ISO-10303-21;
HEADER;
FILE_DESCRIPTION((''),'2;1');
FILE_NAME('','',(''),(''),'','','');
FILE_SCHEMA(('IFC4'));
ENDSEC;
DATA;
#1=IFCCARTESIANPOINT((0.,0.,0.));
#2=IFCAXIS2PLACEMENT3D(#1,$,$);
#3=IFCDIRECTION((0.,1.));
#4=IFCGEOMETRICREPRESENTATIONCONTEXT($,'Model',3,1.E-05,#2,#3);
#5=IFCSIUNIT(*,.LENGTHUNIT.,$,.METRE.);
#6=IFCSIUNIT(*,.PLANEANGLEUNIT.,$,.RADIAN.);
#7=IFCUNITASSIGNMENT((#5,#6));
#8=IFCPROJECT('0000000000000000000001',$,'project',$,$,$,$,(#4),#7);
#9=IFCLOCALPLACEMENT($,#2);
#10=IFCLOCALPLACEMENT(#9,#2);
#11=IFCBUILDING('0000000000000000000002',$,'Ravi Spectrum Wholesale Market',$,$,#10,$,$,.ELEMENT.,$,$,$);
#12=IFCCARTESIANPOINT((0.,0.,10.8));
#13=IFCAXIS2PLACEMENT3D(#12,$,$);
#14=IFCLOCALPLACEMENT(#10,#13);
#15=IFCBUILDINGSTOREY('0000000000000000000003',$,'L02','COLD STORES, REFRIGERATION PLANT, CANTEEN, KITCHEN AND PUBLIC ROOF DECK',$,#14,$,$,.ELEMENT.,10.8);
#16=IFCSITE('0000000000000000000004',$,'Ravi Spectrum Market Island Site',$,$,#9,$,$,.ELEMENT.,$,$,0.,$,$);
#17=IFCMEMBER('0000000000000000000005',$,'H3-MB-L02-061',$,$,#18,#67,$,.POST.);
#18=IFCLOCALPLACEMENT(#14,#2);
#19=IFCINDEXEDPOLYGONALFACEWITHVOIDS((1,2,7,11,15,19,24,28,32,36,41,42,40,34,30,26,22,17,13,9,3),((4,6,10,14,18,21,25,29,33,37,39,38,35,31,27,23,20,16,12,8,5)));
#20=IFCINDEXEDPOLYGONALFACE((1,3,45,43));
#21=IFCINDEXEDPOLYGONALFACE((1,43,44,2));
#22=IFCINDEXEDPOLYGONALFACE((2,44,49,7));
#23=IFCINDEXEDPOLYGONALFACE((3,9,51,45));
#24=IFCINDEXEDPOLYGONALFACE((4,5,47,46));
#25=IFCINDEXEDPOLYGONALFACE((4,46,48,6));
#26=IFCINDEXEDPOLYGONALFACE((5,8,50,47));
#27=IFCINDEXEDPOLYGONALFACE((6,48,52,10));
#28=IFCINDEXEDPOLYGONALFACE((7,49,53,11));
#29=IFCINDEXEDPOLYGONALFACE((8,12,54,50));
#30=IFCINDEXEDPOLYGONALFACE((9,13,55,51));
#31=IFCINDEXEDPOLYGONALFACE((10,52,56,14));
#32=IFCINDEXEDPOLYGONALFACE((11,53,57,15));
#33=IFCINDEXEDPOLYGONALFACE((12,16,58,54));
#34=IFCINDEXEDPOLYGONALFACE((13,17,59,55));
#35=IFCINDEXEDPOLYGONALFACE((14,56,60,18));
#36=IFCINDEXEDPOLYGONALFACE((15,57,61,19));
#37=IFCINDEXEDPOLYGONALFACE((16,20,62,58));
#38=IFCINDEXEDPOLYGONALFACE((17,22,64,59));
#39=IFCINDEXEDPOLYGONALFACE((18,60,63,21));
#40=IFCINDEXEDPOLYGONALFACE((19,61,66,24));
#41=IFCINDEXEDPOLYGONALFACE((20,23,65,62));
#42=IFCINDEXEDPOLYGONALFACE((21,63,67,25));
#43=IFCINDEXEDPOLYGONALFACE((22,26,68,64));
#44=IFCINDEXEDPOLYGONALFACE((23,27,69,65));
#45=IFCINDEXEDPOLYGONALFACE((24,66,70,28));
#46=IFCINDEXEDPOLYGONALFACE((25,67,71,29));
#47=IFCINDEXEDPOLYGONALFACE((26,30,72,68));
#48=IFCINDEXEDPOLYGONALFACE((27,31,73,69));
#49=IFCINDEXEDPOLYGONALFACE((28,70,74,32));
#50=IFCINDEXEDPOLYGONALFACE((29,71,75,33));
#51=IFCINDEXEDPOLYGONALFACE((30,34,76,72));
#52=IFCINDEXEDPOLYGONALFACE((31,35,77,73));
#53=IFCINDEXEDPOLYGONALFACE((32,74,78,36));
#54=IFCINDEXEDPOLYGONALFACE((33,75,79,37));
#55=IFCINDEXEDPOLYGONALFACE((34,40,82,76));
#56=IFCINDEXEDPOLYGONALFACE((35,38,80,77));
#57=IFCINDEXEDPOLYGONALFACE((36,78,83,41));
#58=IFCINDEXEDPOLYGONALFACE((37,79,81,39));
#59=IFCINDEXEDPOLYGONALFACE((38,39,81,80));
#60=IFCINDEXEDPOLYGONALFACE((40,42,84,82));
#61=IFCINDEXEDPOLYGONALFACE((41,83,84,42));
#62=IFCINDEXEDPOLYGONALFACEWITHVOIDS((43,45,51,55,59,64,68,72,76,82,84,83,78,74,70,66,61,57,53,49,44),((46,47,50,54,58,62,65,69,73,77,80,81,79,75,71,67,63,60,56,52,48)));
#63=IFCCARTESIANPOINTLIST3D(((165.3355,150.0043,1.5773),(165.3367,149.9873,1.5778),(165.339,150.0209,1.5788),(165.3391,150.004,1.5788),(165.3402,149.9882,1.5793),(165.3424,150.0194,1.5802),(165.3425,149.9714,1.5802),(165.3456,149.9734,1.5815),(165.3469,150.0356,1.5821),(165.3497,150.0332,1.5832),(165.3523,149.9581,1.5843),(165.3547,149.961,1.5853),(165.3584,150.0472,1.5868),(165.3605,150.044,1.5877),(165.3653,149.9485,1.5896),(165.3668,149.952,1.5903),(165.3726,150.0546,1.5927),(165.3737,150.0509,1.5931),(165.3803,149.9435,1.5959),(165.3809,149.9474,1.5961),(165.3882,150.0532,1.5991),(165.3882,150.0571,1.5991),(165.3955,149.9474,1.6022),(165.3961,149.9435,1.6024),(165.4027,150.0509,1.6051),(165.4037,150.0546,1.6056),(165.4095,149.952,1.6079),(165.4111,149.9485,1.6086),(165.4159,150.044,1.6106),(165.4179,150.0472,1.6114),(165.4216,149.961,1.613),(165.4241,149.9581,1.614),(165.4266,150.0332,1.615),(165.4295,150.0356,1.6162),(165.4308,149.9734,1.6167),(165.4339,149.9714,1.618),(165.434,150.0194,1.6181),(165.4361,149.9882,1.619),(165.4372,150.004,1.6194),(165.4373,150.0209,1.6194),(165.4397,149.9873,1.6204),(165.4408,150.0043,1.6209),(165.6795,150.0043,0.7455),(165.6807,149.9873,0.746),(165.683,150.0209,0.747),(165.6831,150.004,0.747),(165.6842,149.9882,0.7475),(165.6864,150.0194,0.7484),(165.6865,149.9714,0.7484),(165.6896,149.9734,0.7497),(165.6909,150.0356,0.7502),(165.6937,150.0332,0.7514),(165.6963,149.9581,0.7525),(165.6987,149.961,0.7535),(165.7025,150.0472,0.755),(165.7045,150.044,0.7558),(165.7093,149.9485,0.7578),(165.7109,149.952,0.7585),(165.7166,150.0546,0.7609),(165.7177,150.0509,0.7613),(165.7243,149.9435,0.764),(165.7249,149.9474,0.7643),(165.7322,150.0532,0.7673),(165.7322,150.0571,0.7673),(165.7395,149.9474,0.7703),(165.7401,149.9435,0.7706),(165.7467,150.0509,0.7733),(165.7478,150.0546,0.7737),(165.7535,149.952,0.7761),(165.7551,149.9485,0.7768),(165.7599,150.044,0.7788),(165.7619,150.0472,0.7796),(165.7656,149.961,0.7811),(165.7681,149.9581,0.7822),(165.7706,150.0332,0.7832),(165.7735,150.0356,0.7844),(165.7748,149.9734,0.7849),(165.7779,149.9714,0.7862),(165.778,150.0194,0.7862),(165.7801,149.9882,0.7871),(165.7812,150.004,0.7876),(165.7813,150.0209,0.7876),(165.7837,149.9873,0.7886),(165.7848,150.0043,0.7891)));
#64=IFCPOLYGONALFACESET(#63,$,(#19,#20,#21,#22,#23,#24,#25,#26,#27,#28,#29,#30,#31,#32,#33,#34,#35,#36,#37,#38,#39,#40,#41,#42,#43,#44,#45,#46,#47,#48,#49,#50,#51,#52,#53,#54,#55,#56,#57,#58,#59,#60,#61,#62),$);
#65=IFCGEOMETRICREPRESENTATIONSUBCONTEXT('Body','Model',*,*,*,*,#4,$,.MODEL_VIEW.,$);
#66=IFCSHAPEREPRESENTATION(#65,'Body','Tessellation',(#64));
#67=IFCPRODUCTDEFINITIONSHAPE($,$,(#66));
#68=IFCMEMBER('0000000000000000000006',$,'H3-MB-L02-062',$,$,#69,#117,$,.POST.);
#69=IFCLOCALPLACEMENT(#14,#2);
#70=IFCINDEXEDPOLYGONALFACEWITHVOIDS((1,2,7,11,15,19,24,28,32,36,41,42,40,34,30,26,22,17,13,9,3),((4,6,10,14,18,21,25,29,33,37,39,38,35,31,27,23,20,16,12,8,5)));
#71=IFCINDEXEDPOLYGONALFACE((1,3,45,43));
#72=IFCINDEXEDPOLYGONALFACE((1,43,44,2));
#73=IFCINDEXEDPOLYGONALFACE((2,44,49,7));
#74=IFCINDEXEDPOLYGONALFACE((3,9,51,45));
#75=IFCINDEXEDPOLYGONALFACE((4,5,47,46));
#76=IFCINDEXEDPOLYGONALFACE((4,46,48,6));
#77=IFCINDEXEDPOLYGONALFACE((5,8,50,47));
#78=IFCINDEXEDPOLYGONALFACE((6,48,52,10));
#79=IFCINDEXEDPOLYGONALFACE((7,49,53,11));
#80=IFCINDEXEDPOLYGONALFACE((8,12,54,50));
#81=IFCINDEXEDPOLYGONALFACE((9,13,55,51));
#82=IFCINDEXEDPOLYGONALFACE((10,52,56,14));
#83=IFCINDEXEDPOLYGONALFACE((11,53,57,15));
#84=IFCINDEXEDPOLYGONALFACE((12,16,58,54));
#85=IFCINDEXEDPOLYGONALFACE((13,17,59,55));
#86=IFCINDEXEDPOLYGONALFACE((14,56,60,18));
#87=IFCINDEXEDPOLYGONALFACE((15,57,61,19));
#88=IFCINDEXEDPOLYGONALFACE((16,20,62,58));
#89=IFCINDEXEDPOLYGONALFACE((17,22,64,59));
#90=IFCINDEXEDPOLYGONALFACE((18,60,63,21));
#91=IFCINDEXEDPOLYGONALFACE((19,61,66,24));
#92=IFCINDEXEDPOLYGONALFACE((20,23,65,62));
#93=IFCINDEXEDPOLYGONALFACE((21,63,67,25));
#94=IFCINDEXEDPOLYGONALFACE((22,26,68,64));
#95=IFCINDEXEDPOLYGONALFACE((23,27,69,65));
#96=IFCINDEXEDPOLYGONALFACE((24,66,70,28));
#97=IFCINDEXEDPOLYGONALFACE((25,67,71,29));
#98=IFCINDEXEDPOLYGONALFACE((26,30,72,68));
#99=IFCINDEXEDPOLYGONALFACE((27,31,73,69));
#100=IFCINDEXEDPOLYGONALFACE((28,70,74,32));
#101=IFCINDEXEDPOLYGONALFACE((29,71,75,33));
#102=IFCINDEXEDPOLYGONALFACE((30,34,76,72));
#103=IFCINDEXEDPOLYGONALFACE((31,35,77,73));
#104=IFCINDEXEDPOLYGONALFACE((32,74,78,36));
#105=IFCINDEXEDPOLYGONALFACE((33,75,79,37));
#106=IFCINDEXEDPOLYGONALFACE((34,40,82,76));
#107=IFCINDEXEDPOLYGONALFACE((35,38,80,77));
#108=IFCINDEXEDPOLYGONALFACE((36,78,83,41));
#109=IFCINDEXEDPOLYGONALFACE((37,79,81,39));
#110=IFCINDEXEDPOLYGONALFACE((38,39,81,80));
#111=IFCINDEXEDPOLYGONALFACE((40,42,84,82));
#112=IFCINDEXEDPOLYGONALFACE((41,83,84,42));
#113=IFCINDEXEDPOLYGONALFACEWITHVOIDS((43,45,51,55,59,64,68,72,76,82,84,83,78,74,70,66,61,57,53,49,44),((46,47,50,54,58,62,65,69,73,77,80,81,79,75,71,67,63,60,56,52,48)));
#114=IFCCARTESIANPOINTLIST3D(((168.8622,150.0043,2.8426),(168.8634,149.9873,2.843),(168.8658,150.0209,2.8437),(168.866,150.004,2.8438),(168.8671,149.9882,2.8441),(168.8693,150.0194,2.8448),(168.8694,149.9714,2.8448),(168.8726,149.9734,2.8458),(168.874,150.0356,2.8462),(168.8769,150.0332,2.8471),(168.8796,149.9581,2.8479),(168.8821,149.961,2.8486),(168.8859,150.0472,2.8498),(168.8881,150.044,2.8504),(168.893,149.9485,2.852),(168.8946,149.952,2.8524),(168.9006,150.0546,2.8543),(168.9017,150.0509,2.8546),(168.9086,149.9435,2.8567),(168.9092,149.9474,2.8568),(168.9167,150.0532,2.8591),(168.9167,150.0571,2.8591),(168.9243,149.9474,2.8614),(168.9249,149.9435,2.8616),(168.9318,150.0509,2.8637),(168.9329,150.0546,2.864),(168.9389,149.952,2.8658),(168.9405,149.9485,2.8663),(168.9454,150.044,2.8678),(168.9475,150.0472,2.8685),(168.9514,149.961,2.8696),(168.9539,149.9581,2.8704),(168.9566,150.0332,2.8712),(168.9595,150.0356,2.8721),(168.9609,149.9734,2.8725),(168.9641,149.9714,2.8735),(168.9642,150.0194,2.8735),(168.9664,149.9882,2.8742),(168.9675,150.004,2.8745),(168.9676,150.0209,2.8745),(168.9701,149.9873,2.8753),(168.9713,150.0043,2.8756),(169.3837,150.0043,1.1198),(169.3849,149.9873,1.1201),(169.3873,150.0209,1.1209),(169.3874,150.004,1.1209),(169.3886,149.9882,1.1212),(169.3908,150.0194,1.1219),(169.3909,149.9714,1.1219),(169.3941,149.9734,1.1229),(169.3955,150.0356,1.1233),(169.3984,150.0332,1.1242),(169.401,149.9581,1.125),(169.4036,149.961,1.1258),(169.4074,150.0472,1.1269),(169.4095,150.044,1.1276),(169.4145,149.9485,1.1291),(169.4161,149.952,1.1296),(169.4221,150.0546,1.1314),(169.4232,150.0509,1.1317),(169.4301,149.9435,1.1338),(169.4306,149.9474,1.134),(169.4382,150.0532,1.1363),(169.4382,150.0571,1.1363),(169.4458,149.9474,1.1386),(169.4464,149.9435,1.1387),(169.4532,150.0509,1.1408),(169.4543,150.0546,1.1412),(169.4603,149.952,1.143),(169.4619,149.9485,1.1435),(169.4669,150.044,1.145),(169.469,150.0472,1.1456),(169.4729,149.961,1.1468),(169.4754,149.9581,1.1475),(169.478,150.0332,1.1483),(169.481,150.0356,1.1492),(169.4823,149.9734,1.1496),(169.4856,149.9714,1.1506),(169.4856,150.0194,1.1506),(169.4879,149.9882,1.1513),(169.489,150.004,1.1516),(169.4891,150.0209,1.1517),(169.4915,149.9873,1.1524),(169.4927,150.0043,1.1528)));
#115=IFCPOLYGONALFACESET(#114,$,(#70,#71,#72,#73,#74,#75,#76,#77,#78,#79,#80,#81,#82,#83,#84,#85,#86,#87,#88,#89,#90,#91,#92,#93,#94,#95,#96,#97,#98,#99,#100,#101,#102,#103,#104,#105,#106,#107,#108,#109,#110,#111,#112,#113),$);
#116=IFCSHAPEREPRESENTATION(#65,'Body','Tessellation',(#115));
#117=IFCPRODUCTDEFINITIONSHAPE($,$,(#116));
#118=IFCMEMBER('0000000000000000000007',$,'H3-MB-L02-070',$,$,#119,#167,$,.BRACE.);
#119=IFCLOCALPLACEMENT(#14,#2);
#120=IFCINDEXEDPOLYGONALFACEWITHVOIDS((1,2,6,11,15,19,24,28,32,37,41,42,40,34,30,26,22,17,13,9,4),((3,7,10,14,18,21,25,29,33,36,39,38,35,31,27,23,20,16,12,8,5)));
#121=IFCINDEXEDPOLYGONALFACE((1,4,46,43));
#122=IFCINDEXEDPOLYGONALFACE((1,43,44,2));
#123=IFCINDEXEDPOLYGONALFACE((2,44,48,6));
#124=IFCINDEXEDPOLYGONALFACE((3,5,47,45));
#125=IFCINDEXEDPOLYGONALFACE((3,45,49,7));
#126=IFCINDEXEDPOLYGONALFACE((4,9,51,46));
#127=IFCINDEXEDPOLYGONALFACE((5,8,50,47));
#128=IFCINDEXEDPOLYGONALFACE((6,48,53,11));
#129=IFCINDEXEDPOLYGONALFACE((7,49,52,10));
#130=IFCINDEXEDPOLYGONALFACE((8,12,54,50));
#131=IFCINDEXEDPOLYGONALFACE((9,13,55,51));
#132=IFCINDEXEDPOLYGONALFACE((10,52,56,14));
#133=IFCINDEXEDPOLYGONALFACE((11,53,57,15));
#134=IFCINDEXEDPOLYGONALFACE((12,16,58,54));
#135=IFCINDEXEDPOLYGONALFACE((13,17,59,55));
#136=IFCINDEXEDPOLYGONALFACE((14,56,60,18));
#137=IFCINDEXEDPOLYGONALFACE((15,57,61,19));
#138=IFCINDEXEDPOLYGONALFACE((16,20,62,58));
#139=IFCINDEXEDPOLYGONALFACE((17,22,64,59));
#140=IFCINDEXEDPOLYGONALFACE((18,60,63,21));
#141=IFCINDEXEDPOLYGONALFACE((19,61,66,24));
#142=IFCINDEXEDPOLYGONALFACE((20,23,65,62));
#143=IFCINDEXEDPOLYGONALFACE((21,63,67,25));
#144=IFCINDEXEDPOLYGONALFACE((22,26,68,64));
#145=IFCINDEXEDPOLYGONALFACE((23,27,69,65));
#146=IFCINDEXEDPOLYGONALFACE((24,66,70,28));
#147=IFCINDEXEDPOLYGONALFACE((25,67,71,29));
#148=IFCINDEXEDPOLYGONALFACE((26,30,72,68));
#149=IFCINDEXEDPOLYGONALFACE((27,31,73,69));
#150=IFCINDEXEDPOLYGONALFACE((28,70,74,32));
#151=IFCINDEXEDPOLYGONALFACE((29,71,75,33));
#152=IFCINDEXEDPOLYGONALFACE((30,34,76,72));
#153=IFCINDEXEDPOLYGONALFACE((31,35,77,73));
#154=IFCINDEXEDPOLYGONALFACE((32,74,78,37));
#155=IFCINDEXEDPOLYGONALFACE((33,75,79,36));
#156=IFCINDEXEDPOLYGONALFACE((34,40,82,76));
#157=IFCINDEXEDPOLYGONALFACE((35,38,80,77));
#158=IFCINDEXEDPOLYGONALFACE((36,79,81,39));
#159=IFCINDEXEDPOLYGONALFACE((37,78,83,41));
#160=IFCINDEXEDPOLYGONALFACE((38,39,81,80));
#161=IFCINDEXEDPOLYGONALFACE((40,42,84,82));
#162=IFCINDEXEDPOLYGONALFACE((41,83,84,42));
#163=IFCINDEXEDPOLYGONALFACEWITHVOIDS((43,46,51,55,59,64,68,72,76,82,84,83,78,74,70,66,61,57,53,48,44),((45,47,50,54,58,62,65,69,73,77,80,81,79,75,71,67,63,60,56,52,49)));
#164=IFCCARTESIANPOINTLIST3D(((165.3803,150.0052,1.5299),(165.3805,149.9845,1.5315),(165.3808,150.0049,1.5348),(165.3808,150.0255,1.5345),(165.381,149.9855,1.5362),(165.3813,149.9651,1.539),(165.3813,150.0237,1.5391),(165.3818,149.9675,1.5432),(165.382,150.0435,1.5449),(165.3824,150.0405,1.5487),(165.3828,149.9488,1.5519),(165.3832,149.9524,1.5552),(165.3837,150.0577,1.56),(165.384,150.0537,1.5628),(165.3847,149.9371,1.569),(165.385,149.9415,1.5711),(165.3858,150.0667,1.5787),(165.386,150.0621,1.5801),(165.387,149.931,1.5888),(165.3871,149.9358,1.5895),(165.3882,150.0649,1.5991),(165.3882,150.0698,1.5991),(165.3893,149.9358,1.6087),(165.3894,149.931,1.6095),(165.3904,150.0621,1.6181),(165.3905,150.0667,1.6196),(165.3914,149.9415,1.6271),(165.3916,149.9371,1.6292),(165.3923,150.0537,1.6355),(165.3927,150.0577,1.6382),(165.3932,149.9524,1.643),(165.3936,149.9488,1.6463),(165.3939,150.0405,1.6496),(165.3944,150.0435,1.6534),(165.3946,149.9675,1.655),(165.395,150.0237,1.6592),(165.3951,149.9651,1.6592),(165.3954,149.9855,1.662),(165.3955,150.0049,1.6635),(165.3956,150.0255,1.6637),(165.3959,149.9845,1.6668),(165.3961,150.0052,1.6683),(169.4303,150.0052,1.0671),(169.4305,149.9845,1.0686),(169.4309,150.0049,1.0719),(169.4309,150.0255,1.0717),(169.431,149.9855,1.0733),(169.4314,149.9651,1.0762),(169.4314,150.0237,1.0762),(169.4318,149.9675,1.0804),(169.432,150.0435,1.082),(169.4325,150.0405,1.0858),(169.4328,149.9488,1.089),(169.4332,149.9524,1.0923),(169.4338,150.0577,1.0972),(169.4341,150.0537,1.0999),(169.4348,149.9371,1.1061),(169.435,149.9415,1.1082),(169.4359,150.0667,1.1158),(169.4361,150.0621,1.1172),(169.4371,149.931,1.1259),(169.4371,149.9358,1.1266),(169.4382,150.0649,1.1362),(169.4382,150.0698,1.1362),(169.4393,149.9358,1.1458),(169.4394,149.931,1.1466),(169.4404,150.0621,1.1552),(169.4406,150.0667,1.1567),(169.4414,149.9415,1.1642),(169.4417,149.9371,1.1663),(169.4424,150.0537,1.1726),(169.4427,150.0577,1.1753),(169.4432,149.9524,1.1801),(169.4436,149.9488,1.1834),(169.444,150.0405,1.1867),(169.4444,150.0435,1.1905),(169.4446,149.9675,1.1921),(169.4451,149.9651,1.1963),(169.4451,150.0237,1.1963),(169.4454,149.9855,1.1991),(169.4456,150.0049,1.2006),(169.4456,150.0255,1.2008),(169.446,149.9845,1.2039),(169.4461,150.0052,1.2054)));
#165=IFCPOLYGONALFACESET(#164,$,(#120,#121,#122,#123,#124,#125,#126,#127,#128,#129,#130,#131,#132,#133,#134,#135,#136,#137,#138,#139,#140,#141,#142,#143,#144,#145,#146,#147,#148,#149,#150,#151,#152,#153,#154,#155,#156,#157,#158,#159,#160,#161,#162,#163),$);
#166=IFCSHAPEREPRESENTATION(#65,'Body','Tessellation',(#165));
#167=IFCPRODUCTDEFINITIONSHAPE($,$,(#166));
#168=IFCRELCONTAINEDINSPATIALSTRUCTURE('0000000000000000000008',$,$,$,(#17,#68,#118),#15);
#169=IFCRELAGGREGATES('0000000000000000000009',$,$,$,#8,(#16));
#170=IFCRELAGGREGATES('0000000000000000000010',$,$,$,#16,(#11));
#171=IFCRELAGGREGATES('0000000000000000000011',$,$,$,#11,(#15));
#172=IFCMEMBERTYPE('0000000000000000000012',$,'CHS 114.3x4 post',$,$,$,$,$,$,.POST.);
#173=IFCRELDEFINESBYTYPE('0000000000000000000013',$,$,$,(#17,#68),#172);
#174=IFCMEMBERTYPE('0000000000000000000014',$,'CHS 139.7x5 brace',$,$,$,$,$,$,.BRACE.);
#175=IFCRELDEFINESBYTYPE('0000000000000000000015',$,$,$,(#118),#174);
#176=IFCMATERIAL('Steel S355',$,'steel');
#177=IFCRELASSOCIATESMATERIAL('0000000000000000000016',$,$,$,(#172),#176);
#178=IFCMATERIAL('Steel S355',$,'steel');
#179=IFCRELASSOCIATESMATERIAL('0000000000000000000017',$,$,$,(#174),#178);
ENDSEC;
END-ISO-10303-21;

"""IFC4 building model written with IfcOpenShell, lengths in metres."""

from ifc_helpers import new_model, si_unit, direction, frame, origin, origin_2d, place, context, subcontext, project, spatial, hollow_circle, extrude, material, material_profile, profile_set, type_object, element, save


model = new_model("IFC4")

# Units and contexts
model_context = context("Model", 3, precision=1e-05, world=origin(), true_north=direction((0.0, 1.0)))
body_context = subcontext(model_context, "Body", "Model", "MODEL_VIEW")
ifc_project = project(units=[si_unit("LENGTHUNIT", "METRE"), si_unit("PLANEANGLEUNIT", "RADIAN")], contexts=[model_context])

# Site, building, storey
site_placement = place(None, origin())
site = spatial("IfcSite", under=ifc_project, at=site_placement, Name="Ravi Spectrum Market Island Site", CompositionType="ELEMENT", RefElevation=0.0)
building_placement = place(site_placement, origin())
building = spatial("IfcBuilding", under=site, at=building_placement, Name="Ravi Spectrum Wholesale Market", CompositionType="ELEMENT")
storey_placement = place(building_placement, frame((0.0, 0.0, 10.8)))
storey = spatial("IfcBuildingStorey", under=building, at=storey_placement, Name="L02", Description="COLD STORES, REFRIGERATION PLANT, CANTEEN, KITCHEN AND PUBLIC ROOF DECK", CompositionType="ELEMENT", Elevation=10.8)

# Members
ifc_material_1 = material(Name="Steel S355", Category="steel")
ifc_material_profile_1 = material_profile(ifc_material_1, hollow_circle(Radius=0.0571, WallThickness=0.0039, at=origin_2d()))
ifc_profile_set_1 = profile_set([ifc_material_profile_1], Name="Steel S355")
member_type_1 = type_object("IfcMemberType", Name="CHS 114.3x4 post", PredefinedType="POST", material=ifc_profile_set_1)
member_1_placement = place(storey_placement, frame((165.3882, 150.0, 1.5991), z_axis=(0.382168, 0.0, -0.924093), x_axis=(0.0, 1.0, 0.0)))
element("IfcMember", 1, at=member_1_placement, inside=storey, type_object=member_type_1, Name="H3-MB-L02-061", PredefinedType="POST", context=body_context, shape_type="SweptSolid", body=[
    extrude(hollow_circle(Radius=0.0571, WallThickness=0.0039, at=origin_2d()), origin(), (0.0, 0.0, 1.0), 0.9001),
])
member_2_placement = place(storey_placement, frame((168.9167, 150.0, 2.8591), z_axis=(0.289699, 0.0, -0.957118), x_axis=(0.0, 1.0, 0.0)))
element("IfcMember", 2, at=member_2_placement, inside=storey, type_object=member_type_1, Name="H3-MB-L02-062", PredefinedType="POST", context=body_context, shape_type="SweptSolid", body=[
    extrude(hollow_circle(Radius=0.0571, WallThickness=0.0039, at=origin_2d()), origin(), (0.0, 0.0, 1.0), 1.8),
])
ifc_material_2 = material(Name="Steel S355", Category="steel")
ifc_material_profile_2 = material_profile(ifc_material_2, hollow_circle(Radius=0.0698, WallThickness=0.0049, at=origin_2d()))
ifc_profile_set_2 = profile_set([ifc_material_profile_2], Name="Steel S355")
member_type_2 = type_object("IfcMemberType", Name="CHS 139.7x5 brace", PredefinedType="BRACE", material=ifc_profile_set_2)
for number, where, z_axis, x_axis, name in (
    (3, (165.3882, 150.0, 1.5991), (0.993532, 0.0, -0.113553), (0.0, 1.0, 0.0), "H3-MB-L02-070"),
):
    element("IfcMember", number, at=place(storey_placement, frame(where, z_axis=z_axis, x_axis=x_axis)), inside=storey, type_object=member_type_2, Name=name, PredefinedType="BRACE", context=body_context, shape_type="SweptSolid", body=[
        extrude(hollow_circle(Radius=0.0698, WallThickness=0.0049, at=origin_2d()), origin(), (0.0, 0.0, 1.0), 4.0764),
    ])

save(model, "model.ifc")
